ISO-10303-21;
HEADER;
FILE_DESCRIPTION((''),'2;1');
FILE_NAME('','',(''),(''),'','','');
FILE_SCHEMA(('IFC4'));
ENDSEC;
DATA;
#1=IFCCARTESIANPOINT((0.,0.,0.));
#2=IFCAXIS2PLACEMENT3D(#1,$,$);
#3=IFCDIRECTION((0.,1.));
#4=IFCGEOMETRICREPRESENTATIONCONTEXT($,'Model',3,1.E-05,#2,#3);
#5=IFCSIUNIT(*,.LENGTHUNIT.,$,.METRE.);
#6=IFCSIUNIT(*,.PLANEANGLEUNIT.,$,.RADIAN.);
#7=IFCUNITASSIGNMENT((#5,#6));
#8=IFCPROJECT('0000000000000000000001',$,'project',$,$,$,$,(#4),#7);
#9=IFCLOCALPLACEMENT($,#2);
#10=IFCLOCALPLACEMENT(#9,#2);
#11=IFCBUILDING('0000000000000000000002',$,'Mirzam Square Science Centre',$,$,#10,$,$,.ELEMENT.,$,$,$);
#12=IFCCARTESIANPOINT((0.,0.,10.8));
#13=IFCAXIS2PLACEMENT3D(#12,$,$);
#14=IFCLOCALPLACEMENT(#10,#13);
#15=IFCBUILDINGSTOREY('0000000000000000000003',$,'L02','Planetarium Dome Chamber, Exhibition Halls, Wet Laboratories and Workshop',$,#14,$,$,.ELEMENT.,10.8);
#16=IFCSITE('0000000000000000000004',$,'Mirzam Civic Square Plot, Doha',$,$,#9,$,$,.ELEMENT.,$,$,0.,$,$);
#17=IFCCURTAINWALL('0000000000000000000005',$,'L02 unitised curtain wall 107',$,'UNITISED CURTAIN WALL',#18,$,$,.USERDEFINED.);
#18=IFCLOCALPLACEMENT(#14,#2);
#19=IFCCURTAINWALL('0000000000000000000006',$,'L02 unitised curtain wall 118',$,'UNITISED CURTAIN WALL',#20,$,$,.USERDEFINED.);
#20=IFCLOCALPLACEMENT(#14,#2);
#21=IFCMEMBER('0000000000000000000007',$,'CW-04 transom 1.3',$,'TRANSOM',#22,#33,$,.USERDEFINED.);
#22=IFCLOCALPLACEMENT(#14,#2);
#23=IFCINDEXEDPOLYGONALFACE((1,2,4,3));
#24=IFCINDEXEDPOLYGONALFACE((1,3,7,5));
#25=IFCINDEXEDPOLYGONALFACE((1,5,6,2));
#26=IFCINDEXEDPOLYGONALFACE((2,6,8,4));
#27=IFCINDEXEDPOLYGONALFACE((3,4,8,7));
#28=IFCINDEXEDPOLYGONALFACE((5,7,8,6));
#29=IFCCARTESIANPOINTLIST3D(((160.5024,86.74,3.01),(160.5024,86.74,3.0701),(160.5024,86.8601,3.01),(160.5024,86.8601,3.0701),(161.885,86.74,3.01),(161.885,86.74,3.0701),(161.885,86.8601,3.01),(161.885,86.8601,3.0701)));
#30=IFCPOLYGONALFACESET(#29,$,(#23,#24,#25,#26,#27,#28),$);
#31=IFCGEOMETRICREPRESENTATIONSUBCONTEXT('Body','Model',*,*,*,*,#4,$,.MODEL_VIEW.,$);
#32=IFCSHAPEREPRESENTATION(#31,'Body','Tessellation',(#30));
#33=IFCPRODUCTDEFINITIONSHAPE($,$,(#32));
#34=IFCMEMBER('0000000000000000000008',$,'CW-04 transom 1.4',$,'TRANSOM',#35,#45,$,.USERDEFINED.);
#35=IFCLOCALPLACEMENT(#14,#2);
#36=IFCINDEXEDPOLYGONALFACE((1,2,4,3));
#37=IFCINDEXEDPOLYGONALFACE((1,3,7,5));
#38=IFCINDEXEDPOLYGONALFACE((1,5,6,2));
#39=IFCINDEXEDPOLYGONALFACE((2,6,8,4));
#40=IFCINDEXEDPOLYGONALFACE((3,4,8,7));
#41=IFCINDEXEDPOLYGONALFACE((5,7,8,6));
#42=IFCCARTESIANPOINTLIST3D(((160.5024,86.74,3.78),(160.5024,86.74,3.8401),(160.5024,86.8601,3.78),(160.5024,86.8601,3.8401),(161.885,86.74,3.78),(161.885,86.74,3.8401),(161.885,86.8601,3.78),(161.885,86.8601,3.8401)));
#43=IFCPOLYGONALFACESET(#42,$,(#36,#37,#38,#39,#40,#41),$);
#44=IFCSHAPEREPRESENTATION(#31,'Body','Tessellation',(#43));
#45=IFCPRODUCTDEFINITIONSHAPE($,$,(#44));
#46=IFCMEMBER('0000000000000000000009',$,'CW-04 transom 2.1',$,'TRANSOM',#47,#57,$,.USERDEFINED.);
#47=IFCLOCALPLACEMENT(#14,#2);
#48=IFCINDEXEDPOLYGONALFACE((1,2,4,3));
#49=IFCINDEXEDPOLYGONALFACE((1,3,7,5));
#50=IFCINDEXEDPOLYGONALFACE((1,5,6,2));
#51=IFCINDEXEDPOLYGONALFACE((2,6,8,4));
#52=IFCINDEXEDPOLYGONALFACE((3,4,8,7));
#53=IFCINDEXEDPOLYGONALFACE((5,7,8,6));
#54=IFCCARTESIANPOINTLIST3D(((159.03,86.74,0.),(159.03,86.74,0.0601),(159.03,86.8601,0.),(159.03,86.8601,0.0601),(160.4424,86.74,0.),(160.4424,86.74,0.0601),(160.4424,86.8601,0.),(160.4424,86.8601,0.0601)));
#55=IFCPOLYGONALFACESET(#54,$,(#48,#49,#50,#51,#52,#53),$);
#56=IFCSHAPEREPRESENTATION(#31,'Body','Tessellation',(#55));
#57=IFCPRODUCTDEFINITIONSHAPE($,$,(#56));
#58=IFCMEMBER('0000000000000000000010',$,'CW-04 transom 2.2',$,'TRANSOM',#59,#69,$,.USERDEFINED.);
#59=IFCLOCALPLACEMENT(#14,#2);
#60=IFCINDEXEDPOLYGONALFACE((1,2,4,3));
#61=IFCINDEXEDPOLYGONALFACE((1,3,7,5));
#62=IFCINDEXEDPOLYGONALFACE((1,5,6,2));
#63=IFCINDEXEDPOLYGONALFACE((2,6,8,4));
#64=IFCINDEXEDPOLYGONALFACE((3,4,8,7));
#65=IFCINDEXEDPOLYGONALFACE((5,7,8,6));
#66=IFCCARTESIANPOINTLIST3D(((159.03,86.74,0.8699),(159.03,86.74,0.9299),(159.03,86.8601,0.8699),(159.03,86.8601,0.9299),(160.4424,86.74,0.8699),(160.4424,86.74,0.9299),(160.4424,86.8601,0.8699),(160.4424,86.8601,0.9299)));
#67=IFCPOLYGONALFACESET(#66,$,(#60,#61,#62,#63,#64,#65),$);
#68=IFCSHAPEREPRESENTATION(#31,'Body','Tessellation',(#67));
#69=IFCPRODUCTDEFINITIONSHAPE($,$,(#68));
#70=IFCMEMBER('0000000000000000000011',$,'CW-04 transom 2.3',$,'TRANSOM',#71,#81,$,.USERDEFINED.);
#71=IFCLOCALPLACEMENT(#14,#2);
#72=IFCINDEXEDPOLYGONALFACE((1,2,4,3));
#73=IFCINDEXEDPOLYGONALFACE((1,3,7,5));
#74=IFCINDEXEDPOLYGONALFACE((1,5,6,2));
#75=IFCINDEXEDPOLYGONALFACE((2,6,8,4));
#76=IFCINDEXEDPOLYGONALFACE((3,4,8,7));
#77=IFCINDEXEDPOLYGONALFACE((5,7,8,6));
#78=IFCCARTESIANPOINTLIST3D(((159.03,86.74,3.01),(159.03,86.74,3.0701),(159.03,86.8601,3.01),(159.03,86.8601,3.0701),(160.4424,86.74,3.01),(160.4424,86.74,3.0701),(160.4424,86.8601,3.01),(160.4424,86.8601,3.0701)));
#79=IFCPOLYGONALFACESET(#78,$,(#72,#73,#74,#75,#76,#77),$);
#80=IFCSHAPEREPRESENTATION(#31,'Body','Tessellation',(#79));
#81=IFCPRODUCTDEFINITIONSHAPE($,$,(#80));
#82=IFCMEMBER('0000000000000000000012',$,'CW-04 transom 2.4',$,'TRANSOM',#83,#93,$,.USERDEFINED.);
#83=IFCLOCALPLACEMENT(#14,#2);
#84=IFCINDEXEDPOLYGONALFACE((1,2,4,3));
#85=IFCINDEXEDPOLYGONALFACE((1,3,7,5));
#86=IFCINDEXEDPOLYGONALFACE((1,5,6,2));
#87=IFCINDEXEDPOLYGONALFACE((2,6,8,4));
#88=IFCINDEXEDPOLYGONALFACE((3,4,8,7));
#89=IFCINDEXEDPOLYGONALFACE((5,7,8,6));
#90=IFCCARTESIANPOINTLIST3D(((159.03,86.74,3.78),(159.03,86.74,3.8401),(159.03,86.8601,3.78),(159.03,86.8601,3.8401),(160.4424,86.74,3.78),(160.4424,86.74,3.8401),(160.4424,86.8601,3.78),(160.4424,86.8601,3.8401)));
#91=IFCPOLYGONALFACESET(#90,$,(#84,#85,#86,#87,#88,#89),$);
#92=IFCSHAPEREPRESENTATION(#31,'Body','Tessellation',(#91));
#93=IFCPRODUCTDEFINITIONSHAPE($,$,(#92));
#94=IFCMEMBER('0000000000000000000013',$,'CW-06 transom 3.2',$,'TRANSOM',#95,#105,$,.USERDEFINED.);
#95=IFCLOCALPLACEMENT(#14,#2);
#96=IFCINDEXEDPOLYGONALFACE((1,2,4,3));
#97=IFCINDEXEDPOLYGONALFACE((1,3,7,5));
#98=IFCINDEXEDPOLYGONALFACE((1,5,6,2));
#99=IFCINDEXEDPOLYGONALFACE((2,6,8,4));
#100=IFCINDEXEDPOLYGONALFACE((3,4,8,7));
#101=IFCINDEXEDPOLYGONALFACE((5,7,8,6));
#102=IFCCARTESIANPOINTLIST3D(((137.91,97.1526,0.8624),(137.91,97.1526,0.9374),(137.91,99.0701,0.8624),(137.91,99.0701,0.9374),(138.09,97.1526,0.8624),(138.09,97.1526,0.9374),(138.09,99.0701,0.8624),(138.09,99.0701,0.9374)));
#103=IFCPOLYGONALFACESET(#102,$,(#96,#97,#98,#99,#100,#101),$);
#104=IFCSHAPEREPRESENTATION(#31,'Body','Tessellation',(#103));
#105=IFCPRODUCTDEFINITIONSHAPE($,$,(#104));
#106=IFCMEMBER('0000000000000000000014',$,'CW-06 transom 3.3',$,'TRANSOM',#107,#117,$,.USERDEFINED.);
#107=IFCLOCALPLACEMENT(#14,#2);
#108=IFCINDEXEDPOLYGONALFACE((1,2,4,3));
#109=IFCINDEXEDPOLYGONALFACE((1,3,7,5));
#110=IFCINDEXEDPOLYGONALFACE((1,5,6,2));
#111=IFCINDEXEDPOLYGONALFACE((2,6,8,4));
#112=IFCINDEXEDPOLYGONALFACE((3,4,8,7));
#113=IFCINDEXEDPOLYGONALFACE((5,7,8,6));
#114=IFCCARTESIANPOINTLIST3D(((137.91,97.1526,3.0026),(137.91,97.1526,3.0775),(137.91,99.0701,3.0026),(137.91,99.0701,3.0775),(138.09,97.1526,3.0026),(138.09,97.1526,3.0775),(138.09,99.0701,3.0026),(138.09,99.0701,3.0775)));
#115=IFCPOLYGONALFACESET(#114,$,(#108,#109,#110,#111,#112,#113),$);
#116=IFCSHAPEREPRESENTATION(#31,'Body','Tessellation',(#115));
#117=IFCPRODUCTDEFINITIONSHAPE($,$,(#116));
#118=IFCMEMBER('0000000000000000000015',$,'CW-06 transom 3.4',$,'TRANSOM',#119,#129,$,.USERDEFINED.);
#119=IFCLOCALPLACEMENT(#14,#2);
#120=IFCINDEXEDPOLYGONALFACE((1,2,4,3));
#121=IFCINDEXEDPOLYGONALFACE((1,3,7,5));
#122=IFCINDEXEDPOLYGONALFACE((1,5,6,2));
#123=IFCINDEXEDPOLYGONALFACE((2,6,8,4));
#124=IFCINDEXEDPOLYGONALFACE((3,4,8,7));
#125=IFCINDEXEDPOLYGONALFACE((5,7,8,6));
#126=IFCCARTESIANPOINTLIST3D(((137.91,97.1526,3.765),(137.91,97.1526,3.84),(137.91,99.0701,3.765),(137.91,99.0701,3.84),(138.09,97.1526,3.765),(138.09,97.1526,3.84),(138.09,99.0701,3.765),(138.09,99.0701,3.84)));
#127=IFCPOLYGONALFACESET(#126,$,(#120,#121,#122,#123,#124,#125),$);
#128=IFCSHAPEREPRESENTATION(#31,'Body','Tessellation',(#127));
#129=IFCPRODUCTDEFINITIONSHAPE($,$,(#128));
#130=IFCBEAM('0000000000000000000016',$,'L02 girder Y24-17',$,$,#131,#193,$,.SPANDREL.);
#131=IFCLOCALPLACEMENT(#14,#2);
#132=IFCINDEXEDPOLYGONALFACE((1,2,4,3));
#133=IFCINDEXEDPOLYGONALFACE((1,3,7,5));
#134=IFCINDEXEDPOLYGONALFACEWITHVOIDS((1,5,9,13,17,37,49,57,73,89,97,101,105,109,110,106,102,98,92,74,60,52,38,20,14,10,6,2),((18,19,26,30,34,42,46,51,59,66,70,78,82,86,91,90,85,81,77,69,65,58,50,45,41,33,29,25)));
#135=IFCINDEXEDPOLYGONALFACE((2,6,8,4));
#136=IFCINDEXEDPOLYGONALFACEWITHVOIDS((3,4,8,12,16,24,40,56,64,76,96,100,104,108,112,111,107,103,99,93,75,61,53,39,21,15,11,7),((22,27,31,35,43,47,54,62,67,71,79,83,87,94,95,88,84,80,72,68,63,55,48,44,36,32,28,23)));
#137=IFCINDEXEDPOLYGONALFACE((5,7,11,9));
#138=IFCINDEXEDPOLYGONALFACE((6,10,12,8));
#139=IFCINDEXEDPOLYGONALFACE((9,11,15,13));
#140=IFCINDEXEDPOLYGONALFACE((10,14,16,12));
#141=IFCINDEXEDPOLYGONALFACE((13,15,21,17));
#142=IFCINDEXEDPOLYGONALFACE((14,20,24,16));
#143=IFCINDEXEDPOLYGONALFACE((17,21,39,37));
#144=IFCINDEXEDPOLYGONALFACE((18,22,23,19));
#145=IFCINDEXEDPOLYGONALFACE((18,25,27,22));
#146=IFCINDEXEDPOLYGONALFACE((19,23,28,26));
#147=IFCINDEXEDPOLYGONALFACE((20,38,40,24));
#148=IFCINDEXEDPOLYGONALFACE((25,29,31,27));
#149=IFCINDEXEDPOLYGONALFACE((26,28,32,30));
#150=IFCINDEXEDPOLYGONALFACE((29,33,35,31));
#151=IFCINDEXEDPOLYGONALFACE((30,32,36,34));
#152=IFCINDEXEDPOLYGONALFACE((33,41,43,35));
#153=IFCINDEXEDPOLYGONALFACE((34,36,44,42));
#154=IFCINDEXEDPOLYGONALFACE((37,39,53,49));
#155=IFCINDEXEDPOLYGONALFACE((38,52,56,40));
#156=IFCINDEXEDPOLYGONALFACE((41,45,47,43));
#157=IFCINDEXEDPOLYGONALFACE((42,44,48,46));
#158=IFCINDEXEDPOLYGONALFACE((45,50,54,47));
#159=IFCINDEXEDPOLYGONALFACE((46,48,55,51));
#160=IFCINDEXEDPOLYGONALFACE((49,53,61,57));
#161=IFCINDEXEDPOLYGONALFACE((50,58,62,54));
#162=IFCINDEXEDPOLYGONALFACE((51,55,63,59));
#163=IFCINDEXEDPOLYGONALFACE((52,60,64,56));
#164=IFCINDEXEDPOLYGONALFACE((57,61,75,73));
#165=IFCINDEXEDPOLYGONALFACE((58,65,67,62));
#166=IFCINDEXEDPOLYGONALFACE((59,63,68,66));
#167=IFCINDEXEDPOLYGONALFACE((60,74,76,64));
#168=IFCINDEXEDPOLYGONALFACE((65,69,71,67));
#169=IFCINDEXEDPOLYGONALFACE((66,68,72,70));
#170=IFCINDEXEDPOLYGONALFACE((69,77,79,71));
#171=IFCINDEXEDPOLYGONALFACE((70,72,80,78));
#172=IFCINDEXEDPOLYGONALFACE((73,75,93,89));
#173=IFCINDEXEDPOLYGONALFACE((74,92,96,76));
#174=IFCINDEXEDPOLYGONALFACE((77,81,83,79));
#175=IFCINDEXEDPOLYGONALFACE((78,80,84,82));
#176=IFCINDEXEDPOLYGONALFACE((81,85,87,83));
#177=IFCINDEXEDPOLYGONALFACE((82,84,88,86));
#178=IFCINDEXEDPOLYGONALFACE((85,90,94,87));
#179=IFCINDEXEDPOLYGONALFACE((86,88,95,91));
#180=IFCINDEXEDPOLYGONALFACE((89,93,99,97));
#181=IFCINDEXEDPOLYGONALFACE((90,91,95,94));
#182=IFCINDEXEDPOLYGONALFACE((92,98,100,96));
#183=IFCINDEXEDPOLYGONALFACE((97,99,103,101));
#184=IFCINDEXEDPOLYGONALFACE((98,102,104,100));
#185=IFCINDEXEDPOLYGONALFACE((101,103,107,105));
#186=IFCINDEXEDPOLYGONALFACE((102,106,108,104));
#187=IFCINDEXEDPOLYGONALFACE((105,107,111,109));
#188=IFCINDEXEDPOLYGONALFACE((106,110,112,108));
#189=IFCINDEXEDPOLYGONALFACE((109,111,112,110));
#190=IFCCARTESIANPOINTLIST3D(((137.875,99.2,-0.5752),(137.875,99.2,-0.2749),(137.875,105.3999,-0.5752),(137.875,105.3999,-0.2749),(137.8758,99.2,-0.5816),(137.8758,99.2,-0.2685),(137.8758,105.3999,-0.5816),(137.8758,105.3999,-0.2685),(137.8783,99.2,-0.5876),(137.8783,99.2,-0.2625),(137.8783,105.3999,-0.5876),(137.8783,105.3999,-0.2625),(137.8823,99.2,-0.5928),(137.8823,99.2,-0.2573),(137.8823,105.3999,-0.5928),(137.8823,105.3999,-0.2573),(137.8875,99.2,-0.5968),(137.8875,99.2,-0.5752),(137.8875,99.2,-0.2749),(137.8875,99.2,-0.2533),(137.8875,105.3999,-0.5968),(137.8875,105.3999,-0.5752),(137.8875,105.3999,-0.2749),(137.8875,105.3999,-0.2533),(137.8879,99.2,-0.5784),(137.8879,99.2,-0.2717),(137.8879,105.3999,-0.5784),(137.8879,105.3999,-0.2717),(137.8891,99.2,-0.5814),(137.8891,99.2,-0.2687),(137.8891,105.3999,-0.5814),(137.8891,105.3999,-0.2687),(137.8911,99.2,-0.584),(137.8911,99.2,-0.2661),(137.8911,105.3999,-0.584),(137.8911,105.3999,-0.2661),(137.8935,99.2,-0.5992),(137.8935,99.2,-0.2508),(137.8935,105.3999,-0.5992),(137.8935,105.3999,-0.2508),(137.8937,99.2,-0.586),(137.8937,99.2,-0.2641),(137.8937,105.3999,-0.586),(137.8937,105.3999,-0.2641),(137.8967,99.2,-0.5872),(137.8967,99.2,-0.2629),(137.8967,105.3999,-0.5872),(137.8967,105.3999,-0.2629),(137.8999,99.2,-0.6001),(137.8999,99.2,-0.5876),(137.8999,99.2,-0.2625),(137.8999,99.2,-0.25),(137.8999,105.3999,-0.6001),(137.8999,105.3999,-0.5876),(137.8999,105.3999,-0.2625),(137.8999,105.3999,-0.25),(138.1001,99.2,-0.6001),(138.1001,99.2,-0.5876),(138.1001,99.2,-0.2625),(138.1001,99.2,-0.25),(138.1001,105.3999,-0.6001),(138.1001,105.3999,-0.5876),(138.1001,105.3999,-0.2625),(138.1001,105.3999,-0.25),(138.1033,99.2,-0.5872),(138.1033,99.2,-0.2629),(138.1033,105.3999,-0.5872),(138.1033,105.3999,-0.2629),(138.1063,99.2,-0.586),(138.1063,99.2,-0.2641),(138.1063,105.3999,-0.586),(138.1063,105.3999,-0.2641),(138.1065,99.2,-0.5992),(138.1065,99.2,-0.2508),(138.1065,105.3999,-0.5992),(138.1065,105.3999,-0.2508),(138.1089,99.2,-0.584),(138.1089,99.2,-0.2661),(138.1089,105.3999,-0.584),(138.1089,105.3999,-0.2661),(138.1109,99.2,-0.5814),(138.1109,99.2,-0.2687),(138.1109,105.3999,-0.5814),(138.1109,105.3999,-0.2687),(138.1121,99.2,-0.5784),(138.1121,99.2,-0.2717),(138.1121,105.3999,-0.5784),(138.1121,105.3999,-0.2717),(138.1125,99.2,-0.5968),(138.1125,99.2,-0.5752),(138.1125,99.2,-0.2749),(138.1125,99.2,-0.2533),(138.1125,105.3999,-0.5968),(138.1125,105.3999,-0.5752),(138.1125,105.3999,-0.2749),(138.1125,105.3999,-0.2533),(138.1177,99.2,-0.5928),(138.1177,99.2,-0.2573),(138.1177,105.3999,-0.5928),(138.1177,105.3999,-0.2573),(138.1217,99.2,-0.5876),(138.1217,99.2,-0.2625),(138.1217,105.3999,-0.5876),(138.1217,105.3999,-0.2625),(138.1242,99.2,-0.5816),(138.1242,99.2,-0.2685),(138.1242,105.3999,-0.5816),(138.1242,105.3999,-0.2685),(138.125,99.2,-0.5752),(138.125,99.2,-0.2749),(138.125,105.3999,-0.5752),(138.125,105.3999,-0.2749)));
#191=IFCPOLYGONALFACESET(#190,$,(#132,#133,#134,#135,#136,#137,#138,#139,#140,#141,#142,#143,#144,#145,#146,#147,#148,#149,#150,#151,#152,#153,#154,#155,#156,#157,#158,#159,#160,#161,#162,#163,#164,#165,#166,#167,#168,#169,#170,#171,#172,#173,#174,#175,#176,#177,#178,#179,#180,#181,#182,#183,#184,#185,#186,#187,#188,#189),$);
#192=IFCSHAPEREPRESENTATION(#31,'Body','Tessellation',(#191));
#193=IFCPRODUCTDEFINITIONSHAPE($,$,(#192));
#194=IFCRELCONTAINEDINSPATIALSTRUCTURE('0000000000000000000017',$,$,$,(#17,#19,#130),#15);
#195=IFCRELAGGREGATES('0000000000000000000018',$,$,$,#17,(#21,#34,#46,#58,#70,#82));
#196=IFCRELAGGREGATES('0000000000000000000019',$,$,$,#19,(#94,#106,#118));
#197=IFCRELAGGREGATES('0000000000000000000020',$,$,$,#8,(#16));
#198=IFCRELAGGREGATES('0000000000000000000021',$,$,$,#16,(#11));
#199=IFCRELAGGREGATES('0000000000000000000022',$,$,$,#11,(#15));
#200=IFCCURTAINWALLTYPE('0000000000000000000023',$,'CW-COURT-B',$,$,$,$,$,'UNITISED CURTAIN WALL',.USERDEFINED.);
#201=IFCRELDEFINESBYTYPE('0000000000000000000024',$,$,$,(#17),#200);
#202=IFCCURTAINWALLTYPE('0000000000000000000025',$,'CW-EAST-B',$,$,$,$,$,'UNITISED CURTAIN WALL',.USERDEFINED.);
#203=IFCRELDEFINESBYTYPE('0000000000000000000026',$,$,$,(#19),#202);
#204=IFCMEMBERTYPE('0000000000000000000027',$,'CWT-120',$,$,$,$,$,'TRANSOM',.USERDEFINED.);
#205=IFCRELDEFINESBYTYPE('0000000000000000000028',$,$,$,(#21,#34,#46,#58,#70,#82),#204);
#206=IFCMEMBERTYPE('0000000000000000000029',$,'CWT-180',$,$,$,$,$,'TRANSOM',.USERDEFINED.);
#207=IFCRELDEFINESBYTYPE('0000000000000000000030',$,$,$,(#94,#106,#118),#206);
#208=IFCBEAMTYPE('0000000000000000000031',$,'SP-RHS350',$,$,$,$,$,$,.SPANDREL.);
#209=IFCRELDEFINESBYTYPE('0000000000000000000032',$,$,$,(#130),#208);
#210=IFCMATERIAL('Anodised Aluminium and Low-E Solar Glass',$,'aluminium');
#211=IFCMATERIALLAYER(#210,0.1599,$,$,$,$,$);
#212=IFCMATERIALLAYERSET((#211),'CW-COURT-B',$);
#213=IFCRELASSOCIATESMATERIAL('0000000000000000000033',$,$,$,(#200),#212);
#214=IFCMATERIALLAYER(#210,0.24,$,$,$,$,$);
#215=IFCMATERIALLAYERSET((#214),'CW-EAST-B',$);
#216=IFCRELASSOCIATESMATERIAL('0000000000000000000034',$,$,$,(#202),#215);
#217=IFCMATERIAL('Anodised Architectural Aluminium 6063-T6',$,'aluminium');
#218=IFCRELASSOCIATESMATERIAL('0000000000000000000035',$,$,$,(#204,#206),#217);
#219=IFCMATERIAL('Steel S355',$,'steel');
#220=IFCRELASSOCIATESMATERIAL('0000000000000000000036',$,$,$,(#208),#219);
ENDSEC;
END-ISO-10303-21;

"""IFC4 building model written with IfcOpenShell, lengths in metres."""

from ifc_helpers import new_model, si_unit, direction, frame, origin, origin_2d, place, context, subcontext, project, spatial, rectangle, hollow_rectangle, extrude, material, layer, layer_set, material_profile, profile_set, type_object, element, aggregate, save


model = new_model("IFC4")

# Units and contexts
model_context = context("Model", 3, precision=1e-05, world=origin(), true_north=direction((0.0, 1.0)))
body_context = subcontext(model_context, "Body", "Model", "MODEL_VIEW")
ifc_project = project(units=[si_unit("LENGTHUNIT", "METRE"), si_unit("PLANEANGLEUNIT", "RADIAN")], contexts=[model_context])

# Site, building, storey
site_placement = place(None, origin())
site = spatial("IfcSite", under=ifc_project, at=site_placement, Name="Mirzam Civic Square Plot, Doha", CompositionType="ELEMENT", RefElevation=0.0)
building_placement = place(site_placement, origin())
building = spatial("IfcBuilding", under=site, at=building_placement, Name="Mirzam Square Science Centre", CompositionType="ELEMENT")
storey_placement = place(building_placement, frame((0.0, 0.0, 10.8)))
storey = spatial("IfcBuildingStorey", under=building, at=storey_placement, Name="L02", Description="Planetarium Dome Chamber, Exhibition Halls, Wet Laboratories and Workshop", CompositionType="ELEMENT", Elevation=10.8)

# Shared definitions
ifc_material_1 = material(Name="Steel S355", Category="steel")

# Curtain wall
ifc_material_2 = material(Name="Anodised Aluminium and Low-E Solar Glass", Category="aluminium")
ifc_layer_1 = layer(ifc_material_2, 0.1599)
ifc_layer_set_1 = layer_set([ifc_layer_1], Name="CW-COURT-B")
curtain_wall_type_1 = type_object("IfcCurtainWallType", Name="CW-COURT-B", ElementType="UNITISED CURTAIN WALL", PredefinedType="USERDEFINED", material=ifc_layer_set_1)
curtain_wall_1_placement = place(storey_placement, origin())
curtain_wall_1 = element("IfcCurtainWall", 1, at=curtain_wall_1_placement, inside=storey, type_object=curtain_wall_type_1, Name="L02 unitised curtain wall 107", ObjectType="UNITISED CURTAIN WALL", PredefinedType="USERDEFINED")
ifc_material_3 = material(Name="Anodised Architectural Aluminium 6063-T6", Category="aluminium")

# Curtain wall
ifc_layer_2 = layer(ifc_material_2, 0.24)
ifc_layer_set_2 = layer_set([ifc_layer_2], Name="CW-EAST-B")
curtain_wall_type_2 = type_object("IfcCurtainWallType", Name="CW-EAST-B", ElementType="UNITISED CURTAIN WALL", PredefinedType="USERDEFINED", material=ifc_layer_set_2)
curtain_wall_2_placement = place(storey_placement, origin())
curtain_wall_2 = element("IfcCurtainWall", 2, at=curtain_wall_2_placement, inside=storey, type_object=curtain_wall_type_2, Name="L02 unitised curtain wall 118", ObjectType="UNITISED CURTAIN WALL", PredefinedType="USERDEFINED")

# Members
ifc_material_profile_1 = material_profile(ifc_material_3, rectangle(XDim=0.1201, YDim=0.0601, at=origin_2d()), Name="ALU-TRAN-120x60x4")
ifc_profile_set_1 = profile_set([ifc_material_profile_1], Name="Anodised Architectural Aluminium 6063-T6")
member_type_1 = type_object("IfcMemberType", Name="CWT-120", ElementType="TRANSOM", PredefinedType="USERDEFINED", material=ifc_profile_set_1)
member_1_placement = place(storey_placement, frame((161.885, 86.8, 3.04), z_axis=(-1.0, 0.0, 0.0), x_axis=(0.0, -1.0, 0.0)))
member_1 = element("IfcMember", 3, at=member_1_placement, type_object=member_type_1, Name="CW-04 transom 1.3", ObjectType="TRANSOM", PredefinedType="USERDEFINED", context=body_context, shape_type="SweptSolid", body=[
    extrude(rectangle(XDim=0.1201, YDim=0.0601, at=origin_2d()), origin(), (0.0, 0.0, 1.0), 1.3826),
])
member_2_placement = place(storey_placement, frame((161.885, 86.8, 3.8101), z_axis=(-1.0, 0.0, 0.0), x_axis=(0.0, -1.0, 0.0)))
member_2 = element("IfcMember", 4, at=member_2_placement, type_object=member_type_1, Name="CW-04 transom 1.4", ObjectType="TRANSOM", PredefinedType="USERDEFINED", context=body_context, shape_type="SweptSolid", body=[
    extrude(rectangle(XDim=0.1201, YDim=0.0601, at=origin_2d()), origin(), (0.0, 0.0, 1.0), 1.3826),
])
member_3_placement = place(storey_placement, frame((160.4424, 86.8, 0.03), z_axis=(-1.0, 0.0, 0.0), x_axis=(0.0, -1.0, 0.0)))
member_3 = element("IfcMember", 5, at=member_3_placement, type_object=member_type_1, Name="CW-04 transom 2.1", ObjectType="TRANSOM", PredefinedType="USERDEFINED", context=body_context, shape_type="SweptSolid", body=[
    extrude(rectangle(XDim=0.1201, YDim=0.0601, at=origin_2d()), origin(), (0.0, 0.0, 1.0), 1.4124),
])
member_4_placement = place(storey_placement, frame((160.4424, 86.8, 0.8999), z_axis=(-1.0, 0.0, 0.0), x_axis=(0.0, -1.0, 0.0)))
member_4 = element("IfcMember", 6, at=member_4_placement, type_object=member_type_1, Name="CW-04 transom 2.2", ObjectType="TRANSOM", PredefinedType="USERDEFINED", context=body_context, shape_type="SweptSolid", body=[
    extrude(rectangle(XDim=0.1201, YDim=0.0601, at=origin_2d()), origin(), (0.0, 0.0, 1.0), 1.4124),
])
member_5_placement = place(storey_placement, frame((160.4424, 86.8, 3.04), z_axis=(-1.0, 0.0, 0.0), x_axis=(0.0, -1.0, 0.0)))
member_5 = element("IfcMember", 7, at=member_5_placement, type_object=member_type_1, Name="CW-04 transom 2.3", ObjectType="TRANSOM", PredefinedType="USERDEFINED", context=body_context, shape_type="SweptSolid", body=[
    extrude(rectangle(XDim=0.1201, YDim=0.0601, at=origin_2d()), origin(), (0.0, 0.0, 1.0), 1.4124),
])
member_6_placement = place(storey_placement, frame((160.4424, 86.8, 3.8101), z_axis=(-1.0, 0.0, 0.0), x_axis=(0.0, -1.0, 0.0)))
member_6 = element("IfcMember", 8, at=member_6_placement, type_object=member_type_1, Name="CW-04 transom 2.4", ObjectType="TRANSOM", PredefinedType="USERDEFINED", context=body_context, shape_type="SweptSolid", body=[
    extrude(rectangle(XDim=0.1201, YDim=0.0601, at=origin_2d()), origin(), (0.0, 0.0, 1.0), 1.4124),
])
ifc_material_profile_2 = material_profile(ifc_material_3, rectangle(XDim=0.1799, YDim=0.075, at=origin_2d()), Name="ALU-TRAN-180x75x5")
ifc_profile_set_2 = profile_set([ifc_material_profile_2], Name="Anodised Architectural Aluminium 6063-T6")
member_type_2 = type_object("IfcMemberType", Name="CWT-180", ElementType="TRANSOM", PredefinedType="USERDEFINED", material=ifc_profile_set_2)
member_7_placement = place(storey_placement, frame((138.0, 97.1526, 0.8999), z_axis=(0.0, 1.0, 0.0), x_axis=(-1.0, 0.0, 0.0)))
member_7 = element("IfcMember", 9, at=member_7_placement, type_object=member_type_2, Name="CW-06 transom 3.2", ObjectType="TRANSOM", PredefinedType="USERDEFINED", context=body_context, shape_type="SweptSolid", body=[
    extrude(rectangle(XDim=0.1799, YDim=0.075, at=origin_2d()), origin(), (0.0, 0.0, 1.0), 1.9175),
])
member_8_placement = place(storey_placement, frame((138.0, 97.1526, 3.04), z_axis=(0.0, 1.0, 0.0), x_axis=(-1.0, 0.0, 0.0)))
member_8 = element("IfcMember", 10, at=member_8_placement, type_object=member_type_2, Name="CW-06 transom 3.3", ObjectType="TRANSOM", PredefinedType="USERDEFINED", context=body_context, shape_type="SweptSolid", body=[
    extrude(rectangle(XDim=0.1799, YDim=0.075, at=origin_2d()), origin(), (0.0, 0.0, 1.0), 1.9175),
])
member_9_placement = place(storey_placement, frame((138.0, 97.1526, 3.8025), z_axis=(0.0, 1.0, 0.0), x_axis=(-1.0, 0.0, 0.0)))
member_9 = element("IfcMember", 11, at=member_9_placement, type_object=member_type_2, Name="CW-06 transom 3.4", ObjectType="TRANSOM", PredefinedType="USERDEFINED", context=body_context, shape_type="SweptSolid", body=[
    extrude(rectangle(XDim=0.1799, YDim=0.075, at=origin_2d()), origin(), (0.0, 0.0, 1.0), 1.9175),
])

# Beam
ifc_material_profile_3 = material_profile(ifc_material_1, hollow_rectangle(XDim=0.25, YDim=0.3501, WallThickness=0.0125, InnerFilletRadius=0.0125, OuterFilletRadius=0.0249, at=origin_2d()), Name="350x250x12.5RHS")
ifc_profile_set_3 = profile_set([ifc_material_profile_3], Name="Steel S355")
beam_type = type_object("IfcBeamType", Name="SP-RHS350", PredefinedType="SPANDREL", material=ifc_profile_set_3)
beam_placement = place(storey_placement, frame((138.0, 99.2, -0.425), z_axis=(0.0, 1.0, 0.0), x_axis=(-1.0, 0.0, 0.0)))
element("IfcBeam", 12, at=beam_placement, inside=storey, type_object=beam_type, Name="L02 girder Y24-17", PredefinedType="SPANDREL", context=body_context, shape_type="SweptSolid", body=[
    extrude(hollow_rectangle(XDim=0.25, YDim=0.3501, WallThickness=0.0125, InnerFilletRadius=0.0125, OuterFilletRadius=0.0249, at=origin_2d()), origin(), (0.0, 0.0, 1.0), 6.2),
])

aggregate(curtain_wall_1, [member_1, member_2, member_3, member_4, member_5, member_6])
aggregate(curtain_wall_2, [member_7, member_8, member_9])

save(model, "model.ifc")
